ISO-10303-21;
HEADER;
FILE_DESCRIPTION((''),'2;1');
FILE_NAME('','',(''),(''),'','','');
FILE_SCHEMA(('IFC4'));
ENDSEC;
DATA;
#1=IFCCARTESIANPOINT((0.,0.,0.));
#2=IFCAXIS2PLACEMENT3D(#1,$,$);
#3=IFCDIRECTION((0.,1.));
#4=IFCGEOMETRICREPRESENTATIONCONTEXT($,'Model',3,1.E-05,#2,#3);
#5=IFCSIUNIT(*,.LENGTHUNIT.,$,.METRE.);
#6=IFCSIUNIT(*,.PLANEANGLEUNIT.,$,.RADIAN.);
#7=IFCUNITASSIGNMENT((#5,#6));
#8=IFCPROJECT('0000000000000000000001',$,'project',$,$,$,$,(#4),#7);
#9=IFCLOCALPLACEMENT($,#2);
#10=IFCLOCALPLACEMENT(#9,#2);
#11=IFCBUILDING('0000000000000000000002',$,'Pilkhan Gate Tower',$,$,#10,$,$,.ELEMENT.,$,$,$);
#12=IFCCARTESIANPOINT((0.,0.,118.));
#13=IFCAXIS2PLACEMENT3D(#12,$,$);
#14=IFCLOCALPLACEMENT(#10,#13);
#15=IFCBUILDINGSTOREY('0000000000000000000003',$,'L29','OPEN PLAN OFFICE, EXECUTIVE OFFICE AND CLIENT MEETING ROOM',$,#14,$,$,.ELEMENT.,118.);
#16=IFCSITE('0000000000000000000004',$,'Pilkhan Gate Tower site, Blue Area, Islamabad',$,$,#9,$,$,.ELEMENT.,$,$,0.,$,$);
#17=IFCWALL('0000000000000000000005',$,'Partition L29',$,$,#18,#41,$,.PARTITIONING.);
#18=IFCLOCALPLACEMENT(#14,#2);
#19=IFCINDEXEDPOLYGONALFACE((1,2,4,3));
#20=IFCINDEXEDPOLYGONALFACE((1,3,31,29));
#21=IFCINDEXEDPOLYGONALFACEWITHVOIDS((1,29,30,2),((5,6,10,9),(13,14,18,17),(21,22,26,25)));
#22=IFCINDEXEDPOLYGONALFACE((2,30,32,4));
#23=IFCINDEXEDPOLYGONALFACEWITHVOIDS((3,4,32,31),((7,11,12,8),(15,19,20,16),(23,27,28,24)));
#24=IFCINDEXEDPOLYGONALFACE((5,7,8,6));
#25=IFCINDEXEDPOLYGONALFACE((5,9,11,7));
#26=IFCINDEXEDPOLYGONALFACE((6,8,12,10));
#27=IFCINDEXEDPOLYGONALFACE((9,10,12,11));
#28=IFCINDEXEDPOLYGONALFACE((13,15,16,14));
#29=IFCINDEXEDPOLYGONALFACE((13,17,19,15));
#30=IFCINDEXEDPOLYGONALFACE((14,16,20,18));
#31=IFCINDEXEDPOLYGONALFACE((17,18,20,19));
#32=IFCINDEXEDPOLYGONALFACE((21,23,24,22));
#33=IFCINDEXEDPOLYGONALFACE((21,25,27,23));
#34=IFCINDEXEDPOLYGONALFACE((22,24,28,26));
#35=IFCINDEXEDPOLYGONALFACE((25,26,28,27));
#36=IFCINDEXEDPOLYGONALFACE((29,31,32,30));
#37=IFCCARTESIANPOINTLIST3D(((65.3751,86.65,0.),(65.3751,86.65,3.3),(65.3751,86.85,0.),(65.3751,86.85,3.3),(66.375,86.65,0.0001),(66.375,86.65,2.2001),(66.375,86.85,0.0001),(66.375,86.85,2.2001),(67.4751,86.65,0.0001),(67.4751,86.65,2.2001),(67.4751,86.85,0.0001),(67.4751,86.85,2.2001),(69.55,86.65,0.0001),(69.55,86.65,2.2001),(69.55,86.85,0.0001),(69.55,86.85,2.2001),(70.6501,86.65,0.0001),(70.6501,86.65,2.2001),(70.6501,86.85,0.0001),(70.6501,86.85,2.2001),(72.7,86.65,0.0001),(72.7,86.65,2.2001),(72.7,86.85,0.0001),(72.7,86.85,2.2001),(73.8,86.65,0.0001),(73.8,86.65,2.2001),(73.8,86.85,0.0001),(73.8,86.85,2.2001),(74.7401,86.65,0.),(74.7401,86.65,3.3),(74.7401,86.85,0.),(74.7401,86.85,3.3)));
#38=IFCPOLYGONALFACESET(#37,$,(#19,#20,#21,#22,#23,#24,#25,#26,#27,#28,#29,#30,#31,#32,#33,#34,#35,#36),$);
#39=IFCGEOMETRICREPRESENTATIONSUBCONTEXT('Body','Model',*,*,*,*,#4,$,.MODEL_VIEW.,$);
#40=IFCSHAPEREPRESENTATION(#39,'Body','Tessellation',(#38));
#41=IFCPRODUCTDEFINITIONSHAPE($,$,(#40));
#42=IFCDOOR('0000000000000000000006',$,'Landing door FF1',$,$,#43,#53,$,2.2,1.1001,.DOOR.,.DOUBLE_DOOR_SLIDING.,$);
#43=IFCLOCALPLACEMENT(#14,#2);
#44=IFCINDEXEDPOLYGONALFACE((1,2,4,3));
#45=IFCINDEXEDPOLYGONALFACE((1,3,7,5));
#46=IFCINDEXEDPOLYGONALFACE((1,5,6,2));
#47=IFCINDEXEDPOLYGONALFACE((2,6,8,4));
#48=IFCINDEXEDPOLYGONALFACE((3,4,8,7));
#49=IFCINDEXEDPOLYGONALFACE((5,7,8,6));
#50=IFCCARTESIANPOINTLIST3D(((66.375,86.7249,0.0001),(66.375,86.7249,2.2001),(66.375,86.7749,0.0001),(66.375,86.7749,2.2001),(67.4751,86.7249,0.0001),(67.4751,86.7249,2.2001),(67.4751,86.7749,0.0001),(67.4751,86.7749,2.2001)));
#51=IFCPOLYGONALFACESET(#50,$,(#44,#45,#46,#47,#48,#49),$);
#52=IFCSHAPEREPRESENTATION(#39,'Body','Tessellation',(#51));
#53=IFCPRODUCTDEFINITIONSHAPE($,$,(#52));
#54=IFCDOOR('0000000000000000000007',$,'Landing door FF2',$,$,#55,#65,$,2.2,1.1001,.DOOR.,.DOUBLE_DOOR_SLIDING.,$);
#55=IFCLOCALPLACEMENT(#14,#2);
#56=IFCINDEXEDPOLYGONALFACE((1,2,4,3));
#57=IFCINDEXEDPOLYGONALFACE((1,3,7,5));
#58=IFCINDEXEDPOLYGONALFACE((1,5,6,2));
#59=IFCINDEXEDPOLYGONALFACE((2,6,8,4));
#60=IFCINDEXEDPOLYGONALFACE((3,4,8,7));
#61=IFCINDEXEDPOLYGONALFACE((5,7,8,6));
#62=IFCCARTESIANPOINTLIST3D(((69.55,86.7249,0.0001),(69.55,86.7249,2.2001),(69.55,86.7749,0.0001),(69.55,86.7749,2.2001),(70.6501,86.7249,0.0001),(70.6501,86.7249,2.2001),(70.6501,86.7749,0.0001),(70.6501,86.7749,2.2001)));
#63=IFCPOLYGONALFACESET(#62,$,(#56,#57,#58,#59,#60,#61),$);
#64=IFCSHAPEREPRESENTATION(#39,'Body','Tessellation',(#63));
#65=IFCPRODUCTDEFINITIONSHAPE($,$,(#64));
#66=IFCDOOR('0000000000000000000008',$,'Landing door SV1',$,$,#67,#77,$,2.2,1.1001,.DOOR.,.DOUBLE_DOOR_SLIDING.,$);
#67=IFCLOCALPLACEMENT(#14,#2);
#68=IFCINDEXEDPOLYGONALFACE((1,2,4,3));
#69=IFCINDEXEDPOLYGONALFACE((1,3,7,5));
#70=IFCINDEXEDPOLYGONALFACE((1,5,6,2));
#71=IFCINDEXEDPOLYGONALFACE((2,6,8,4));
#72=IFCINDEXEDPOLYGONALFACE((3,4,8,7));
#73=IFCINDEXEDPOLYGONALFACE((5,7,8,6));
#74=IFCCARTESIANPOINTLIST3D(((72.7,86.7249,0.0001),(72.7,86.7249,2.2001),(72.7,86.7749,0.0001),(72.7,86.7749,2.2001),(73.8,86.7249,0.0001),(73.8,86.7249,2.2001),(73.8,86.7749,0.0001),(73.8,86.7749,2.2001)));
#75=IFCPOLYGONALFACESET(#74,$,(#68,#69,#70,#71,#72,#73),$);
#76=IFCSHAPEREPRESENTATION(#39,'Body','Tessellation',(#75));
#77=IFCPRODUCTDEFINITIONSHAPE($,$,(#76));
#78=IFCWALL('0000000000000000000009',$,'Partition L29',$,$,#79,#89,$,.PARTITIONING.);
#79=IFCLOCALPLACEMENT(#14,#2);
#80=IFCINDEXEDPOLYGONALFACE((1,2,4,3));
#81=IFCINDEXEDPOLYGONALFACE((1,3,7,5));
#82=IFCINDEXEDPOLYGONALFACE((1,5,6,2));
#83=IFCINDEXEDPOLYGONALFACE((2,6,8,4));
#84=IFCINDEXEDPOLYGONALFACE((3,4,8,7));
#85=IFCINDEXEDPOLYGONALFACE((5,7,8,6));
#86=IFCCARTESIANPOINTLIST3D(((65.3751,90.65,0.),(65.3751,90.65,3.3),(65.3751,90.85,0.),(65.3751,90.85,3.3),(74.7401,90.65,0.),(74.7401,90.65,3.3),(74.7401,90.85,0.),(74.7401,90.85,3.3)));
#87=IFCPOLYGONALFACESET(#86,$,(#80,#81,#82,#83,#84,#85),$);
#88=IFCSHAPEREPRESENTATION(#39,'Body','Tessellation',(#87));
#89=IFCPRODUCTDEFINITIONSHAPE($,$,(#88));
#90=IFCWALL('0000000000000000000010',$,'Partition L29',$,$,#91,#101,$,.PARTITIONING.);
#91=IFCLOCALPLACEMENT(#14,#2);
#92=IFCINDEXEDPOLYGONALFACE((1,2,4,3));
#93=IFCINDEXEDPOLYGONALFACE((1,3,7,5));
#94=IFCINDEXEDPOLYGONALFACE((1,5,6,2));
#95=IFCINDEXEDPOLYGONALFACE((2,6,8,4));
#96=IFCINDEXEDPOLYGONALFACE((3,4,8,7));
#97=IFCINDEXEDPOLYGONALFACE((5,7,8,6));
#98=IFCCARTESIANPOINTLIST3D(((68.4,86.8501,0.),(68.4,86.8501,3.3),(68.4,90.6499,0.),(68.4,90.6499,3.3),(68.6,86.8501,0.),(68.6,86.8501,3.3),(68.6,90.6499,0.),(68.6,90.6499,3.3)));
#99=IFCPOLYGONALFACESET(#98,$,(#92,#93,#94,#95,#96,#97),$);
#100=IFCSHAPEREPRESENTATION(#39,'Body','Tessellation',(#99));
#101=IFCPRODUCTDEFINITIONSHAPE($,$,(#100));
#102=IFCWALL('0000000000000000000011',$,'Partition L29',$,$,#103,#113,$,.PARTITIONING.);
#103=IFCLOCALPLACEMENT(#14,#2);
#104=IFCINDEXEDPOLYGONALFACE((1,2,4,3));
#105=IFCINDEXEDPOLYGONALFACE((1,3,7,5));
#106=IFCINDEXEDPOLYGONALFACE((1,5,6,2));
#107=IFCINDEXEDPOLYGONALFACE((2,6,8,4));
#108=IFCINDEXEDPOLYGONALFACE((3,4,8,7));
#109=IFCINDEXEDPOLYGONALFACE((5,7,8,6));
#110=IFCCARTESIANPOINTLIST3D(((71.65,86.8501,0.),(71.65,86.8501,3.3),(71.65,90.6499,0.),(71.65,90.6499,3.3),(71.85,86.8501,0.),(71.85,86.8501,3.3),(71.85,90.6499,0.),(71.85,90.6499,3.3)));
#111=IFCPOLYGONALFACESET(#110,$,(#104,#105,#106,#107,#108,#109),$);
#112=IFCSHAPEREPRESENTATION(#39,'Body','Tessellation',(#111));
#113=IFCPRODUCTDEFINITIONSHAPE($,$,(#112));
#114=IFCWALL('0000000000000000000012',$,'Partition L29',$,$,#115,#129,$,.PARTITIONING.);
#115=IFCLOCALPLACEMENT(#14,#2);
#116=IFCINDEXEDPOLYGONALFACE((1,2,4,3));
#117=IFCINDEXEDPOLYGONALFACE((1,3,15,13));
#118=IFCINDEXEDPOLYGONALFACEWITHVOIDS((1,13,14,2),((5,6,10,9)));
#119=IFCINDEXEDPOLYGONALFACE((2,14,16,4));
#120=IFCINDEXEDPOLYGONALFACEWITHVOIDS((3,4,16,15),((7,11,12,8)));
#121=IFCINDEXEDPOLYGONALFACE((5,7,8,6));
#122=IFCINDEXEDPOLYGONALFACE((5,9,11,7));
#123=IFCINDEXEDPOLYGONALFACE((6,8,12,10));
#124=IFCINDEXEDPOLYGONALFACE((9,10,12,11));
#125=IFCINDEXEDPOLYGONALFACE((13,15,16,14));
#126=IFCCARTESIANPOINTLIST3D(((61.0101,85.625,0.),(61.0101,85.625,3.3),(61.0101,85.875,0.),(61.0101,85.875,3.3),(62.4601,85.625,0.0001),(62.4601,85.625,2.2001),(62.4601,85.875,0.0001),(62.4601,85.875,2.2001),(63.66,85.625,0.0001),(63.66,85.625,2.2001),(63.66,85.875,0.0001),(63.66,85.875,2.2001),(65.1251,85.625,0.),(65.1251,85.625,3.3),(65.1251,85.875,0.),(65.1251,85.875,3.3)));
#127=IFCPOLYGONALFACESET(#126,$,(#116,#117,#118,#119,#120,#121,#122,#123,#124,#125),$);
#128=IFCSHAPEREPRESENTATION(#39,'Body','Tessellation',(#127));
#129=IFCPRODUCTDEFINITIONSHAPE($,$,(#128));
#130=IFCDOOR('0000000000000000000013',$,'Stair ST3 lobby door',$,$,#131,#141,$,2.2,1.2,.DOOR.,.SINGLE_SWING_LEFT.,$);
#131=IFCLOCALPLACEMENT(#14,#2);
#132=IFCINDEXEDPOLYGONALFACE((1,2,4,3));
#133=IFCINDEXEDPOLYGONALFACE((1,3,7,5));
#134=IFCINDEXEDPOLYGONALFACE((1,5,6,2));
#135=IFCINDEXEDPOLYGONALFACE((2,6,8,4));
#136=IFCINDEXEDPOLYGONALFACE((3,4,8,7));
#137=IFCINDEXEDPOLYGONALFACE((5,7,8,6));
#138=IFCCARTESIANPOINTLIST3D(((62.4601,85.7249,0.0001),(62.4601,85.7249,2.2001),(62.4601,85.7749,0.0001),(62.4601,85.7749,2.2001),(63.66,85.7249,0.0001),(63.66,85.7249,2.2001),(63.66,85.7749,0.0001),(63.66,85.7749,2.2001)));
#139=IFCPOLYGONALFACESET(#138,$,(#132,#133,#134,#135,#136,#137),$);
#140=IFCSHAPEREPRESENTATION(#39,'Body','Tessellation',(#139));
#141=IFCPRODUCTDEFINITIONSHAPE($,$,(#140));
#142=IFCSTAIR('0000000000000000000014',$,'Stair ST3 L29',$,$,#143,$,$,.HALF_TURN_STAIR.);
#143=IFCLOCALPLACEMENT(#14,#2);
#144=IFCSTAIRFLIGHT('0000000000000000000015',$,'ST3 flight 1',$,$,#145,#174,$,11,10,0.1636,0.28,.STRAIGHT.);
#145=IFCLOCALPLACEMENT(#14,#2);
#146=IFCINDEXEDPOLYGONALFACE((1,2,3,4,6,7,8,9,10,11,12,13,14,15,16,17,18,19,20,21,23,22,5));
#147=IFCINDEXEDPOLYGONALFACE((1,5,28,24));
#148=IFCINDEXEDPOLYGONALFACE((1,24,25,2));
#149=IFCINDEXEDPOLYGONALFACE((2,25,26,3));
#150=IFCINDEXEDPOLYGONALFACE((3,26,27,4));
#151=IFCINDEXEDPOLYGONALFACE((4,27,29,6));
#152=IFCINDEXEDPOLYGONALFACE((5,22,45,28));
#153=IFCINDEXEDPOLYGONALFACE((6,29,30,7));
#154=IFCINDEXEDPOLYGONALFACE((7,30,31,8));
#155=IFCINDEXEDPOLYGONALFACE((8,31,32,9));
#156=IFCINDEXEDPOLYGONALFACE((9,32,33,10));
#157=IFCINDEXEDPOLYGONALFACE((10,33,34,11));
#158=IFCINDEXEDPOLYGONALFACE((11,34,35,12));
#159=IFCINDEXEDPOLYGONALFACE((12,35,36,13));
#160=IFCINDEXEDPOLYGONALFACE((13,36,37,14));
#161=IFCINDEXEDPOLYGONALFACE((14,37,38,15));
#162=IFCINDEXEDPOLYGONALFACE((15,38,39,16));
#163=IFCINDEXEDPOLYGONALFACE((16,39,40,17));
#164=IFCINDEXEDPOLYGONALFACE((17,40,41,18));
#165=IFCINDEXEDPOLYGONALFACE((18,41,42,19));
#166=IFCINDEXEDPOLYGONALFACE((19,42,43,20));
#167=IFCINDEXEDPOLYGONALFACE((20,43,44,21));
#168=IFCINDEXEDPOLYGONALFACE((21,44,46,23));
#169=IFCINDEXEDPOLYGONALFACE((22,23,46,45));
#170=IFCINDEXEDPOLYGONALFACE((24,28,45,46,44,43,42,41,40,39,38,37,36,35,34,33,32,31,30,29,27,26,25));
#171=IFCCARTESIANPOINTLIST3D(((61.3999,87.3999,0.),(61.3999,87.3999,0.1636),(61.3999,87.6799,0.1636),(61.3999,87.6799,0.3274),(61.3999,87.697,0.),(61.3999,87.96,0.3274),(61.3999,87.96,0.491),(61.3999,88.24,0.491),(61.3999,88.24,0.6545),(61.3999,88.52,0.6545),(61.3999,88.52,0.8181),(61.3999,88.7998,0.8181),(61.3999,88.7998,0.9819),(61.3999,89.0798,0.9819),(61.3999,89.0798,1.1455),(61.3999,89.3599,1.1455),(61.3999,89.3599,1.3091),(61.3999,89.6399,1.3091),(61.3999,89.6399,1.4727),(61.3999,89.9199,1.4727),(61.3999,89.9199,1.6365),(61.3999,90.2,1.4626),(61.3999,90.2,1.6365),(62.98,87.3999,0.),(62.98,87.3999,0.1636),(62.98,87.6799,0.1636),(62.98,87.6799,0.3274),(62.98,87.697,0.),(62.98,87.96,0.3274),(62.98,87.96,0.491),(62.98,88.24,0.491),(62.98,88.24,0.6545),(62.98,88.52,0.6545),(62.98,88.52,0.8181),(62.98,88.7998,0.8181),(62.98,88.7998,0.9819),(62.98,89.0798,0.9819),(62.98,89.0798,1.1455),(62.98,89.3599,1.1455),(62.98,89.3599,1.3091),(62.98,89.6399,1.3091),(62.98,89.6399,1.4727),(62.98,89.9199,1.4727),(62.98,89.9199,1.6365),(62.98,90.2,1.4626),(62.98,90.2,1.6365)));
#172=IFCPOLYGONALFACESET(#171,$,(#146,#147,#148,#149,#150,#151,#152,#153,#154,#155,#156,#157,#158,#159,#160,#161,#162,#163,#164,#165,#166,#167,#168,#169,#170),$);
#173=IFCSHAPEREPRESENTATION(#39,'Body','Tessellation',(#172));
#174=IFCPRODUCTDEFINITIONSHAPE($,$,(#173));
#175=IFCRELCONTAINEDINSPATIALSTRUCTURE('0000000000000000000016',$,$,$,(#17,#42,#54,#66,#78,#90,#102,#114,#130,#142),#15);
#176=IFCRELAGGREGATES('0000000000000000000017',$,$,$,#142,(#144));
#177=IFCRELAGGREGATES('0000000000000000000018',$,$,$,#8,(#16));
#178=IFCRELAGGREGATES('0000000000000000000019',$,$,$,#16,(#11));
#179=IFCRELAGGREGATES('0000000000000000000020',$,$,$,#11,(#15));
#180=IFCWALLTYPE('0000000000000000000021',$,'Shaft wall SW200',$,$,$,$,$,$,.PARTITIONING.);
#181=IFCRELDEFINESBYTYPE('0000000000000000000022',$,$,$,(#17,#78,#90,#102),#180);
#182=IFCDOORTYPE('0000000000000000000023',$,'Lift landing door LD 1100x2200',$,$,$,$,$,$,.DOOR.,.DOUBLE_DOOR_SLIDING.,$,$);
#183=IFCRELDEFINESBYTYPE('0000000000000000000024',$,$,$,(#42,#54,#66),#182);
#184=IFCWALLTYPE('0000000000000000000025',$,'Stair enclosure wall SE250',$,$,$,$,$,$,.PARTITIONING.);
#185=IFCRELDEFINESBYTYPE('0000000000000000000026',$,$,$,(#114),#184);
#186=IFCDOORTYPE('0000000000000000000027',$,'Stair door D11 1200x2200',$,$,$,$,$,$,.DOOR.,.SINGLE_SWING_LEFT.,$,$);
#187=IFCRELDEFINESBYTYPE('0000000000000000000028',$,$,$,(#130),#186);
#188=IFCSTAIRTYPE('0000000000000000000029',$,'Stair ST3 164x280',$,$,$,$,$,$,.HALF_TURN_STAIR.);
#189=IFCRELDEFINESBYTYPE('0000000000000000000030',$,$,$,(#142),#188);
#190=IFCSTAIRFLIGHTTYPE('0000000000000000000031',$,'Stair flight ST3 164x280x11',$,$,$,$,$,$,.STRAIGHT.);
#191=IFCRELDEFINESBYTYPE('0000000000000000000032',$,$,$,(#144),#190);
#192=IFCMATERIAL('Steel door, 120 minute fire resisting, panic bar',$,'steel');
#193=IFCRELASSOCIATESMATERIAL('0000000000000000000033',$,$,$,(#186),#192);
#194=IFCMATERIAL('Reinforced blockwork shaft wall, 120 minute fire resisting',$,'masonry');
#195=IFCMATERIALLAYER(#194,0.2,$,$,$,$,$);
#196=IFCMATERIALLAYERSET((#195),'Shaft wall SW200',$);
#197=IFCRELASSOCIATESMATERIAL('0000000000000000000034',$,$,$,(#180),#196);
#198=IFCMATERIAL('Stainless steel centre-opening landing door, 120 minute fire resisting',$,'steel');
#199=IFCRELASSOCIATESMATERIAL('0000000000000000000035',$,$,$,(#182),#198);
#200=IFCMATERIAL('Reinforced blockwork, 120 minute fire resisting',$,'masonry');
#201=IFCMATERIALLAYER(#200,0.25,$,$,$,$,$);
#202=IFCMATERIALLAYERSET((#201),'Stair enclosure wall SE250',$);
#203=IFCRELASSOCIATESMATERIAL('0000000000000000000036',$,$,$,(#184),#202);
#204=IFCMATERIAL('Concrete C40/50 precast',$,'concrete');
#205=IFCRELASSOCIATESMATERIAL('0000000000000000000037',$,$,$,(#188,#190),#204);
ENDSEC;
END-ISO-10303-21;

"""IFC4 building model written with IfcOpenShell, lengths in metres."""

from ifc_helpers import new_model, si_unit, direction, frame, frame_2d, origin, place, context, subcontext, project, spatial, polyline, rectangle, outline, extrude, material, layer, layer_set, type_object, element, fill, aggregate, save


model = new_model("IFC4")

# Units and contexts
model_context = context("Model", 3, precision=1e-05, world=origin(), true_north=direction((0.0, 1.0)))
body_context = subcontext(model_context, "Body", "Model", "MODEL_VIEW")
ifc_project = project(units=[si_unit("LENGTHUNIT", "METRE"), si_unit("PLANEANGLEUNIT", "RADIAN")], contexts=[model_context])

# Site, building, storey
site_placement = place(None, origin())
site = spatial("IfcSite", under=ifc_project, at=site_placement, Name="Pilkhan Gate Tower site, Blue Area, Islamabad", CompositionType="ELEMENT", RefElevation=0.0)
building_placement = place(site_placement, origin())
building = spatial("IfcBuilding", under=site, at=building_placement, Name="Pilkhan Gate Tower", CompositionType="ELEMENT")
storey_placement = place(building_placement, frame((0.0, 0.0, 118.0)))
storey = spatial("IfcBuildingStorey", under=building, at=storey_placement, Name="L29", Description="OPEN PLAN OFFICE, EXECUTIVE OFFICE AND CLIENT MEETING ROOM", CompositionType="ELEMENT", Elevation=118.0)

# Wall, openings, doors
ifc_material_1 = material(Name="Steel door, 120 minute fire resisting, panic bar", Category="steel")
door_type_1 = type_object("IfcDoorType", Name="Stair door D11 1200x2200", OperationType="SINGLE_SWING_LEFT", PredefinedType="DOOR", material=ifc_material_1)
ifc_material_2 = material(Name="Reinforced blockwork shaft wall, 120 minute fire resisting", Category="masonry")
ifc_layer_1 = layer(ifc_material_2, 0.2)
ifc_layer_set_1 = layer_set([ifc_layer_1], Name="Shaft wall SW200")
wall_type_1 = type_object("IfcWallType", Name="Shaft wall SW200", PredefinedType="PARTITIONING", material=ifc_layer_set_1)
wall_1_placement = place(storey_placement, frame((65.375, 86.75, 0.0), z_axis=(0.0, 0.0, 1.0), x_axis=(1.0, 0.0, 0.0)))
wall_1 = element("IfcWall", 1, at=wall_1_placement, inside=storey, type_object=wall_type_1, Name="Partition L29", PredefinedType="PARTITIONING", context=body_context, shape_type="SweptSolid", body=[
    extrude(rectangle(XDim=9.365, YDim=0.2, at=frame_2d((4.6826, 0.0))), origin(), (0.0, 0.0, 1.0), 3.3),
])
opening_1_placement = place(wall_1_placement, frame((1.0, 0.0, 0.0)))
opening_1 = element("IfcOpeningElement", 2, at=opening_1_placement, cuts=wall_1, PredefinedType="OPENING", context=body_context, shape_type="SweptSolid", body=[
    extrude(rectangle(XDim=1.1001, YDim=2.2, at=frame_2d((0.55, 1.1001))), frame((0.0, 0.1099, 0.0), z_axis=(0.0, -1.0, 0.0), x_axis=(1.0, 0.0, 0.0)), (0.0, 0.0, 1.0), 0.22),
])
opening_2_placement = place(wall_1_placement, frame((4.175, 0.0, 0.0)))
opening_2 = element("IfcOpeningElement", 3, at=opening_2_placement, cuts=wall_1, PredefinedType="OPENING", context=body_context, shape_type="SweptSolid", body=[
    extrude(rectangle(XDim=1.1001, YDim=2.2, at=frame_2d((0.55, 1.1001))), frame((0.0, 0.1099, 0.0), z_axis=(0.0, -1.0, 0.0), x_axis=(1.0, 0.0, 0.0)), (0.0, 0.0, 1.0), 0.22),
])
opening_3_placement = place(wall_1_placement, frame((7.325, 0.0, 0.0)))
opening_3 = element("IfcOpeningElement", 4, at=opening_3_placement, cuts=wall_1, PredefinedType="OPENING", context=body_context, shape_type="SweptSolid", body=[
    extrude(rectangle(XDim=1.1001, YDim=2.2, at=frame_2d((0.55, 1.1001))), frame((0.0, 0.1099, 0.0), z_axis=(0.0, -1.0, 0.0), x_axis=(1.0, 0.0, 0.0)), (0.0, 0.0, 1.0), 0.22),
])
ifc_material_3 = material(Name="Stainless steel centre-opening landing door, 120 minute fire resisting", Category="steel")
door_type_2 = type_object("IfcDoorType", Name="Lift landing door LD 1100x2200", OperationType="DOUBLE_DOOR_SLIDING", PredefinedType="DOOR", material=ifc_material_3)
door_1_placement = place(opening_1_placement, origin())
door_1 = element("IfcDoor", 5, at=door_1_placement, inside=storey, type_object=door_type_2, Name="Landing door FF1", OperationType="DOUBLE_DOOR_SLIDING", OverallHeight=2.2, OverallWidth=1.1001, PredefinedType="DOOR", context=body_context, shape_type="SweptSolid", body=[
    extrude(rectangle(XDim=1.1001, YDim=2.2, at=frame_2d((0.55, 1.1001))), frame((0.0, 0.0249, 0.0), z_axis=(0.0, -1.0, 0.0), x_axis=(1.0, 0.0, 0.0)), (0.0, 0.0, 1.0), 0.05),
])
fill(opening_1, door_1)
door_2_placement = place(opening_2_placement, origin())
door_2 = element("IfcDoor", 6, at=door_2_placement, inside=storey, type_object=door_type_2, Name="Landing door FF2", OperationType="DOUBLE_DOOR_SLIDING", OverallHeight=2.2, OverallWidth=1.1001, PredefinedType="DOOR", context=body_context, shape_type="SweptSolid", body=[
    extrude(rectangle(XDim=1.1001, YDim=2.2, at=frame_2d((0.55, 1.1001))), frame((0.0, 0.0249, 0.0), z_axis=(0.0, -1.0, 0.0), x_axis=(1.0, 0.0, 0.0)), (0.0, 0.0, 1.0), 0.05),
])
fill(opening_2, door_2)
door_3_placement = place(opening_3_placement, origin())
door_3 = element("IfcDoor", 7, at=door_3_placement, inside=storey, type_object=door_type_2, Name="Landing door SV1", OperationType="DOUBLE_DOOR_SLIDING", OverallHeight=2.2, OverallWidth=1.1001, PredefinedType="DOOR", context=body_context, shape_type="SweptSolid", body=[
    extrude(rectangle(XDim=1.1001, YDim=2.2, at=frame_2d((0.55, 1.1001))), frame((0.0, 0.0249, 0.0), z_axis=(0.0, -1.0, 0.0), x_axis=(1.0, 0.0, 0.0)), (0.0, 0.0, 1.0), 0.05),
])
fill(opening_3, door_3)

# Walls
wall_2_placement = place(storey_placement, frame((65.375, 90.75, 0.0), z_axis=(0.0, 0.0, 1.0), x_axis=(1.0, 0.0, 0.0)))
element("IfcWall", 8, at=wall_2_placement, inside=storey, type_object=wall_type_1, Name="Partition L29", PredefinedType="PARTITIONING", context=body_context, shape_type="SweptSolid", body=[
    extrude(rectangle(XDim=9.365, YDim=0.2, at=frame_2d((4.6826, 0.0))), origin(), (0.0, 0.0, 1.0), 3.3),
])
for number, where, z_axis, x_axis, name in (
    (9, (68.5, 86.8501, 0.0), (0.0, 0.0, 1.0), (0.0, 1.0, 0.0), "Partition L29"),
    (10, (71.75, 86.8501, 0.0), (0.0, 0.0, 1.0), (0.0, 1.0, 0.0), "Partition L29"),
):
    element("IfcWall", number, at=place(storey_placement, frame(where, z_axis=z_axis, x_axis=x_axis)), inside=storey, type_object=wall_type_1, Name=name, PredefinedType="PARTITIONING", context=body_context, shape_type="SweptSolid", body=[
        extrude(rectangle(XDim=3.7998, YDim=0.2, at=frame_2d((1.8999, 0.0))), origin(), (0.0, 0.0, 1.0), 3.3),
    ])

# Wall, opening, door
ifc_material_4 = material(Name="Reinforced blockwork, 120 minute fire resisting", Category="masonry")
ifc_layer_2 = layer(ifc_material_4, 0.25)
ifc_layer_set_2 = layer_set([ifc_layer_2], Name="Stair enclosure wall SE250")
wall_type_2 = type_object("IfcWallType", Name="Stair enclosure wall SE250", PredefinedType="PARTITIONING", material=ifc_layer_set_2)
wall_3_placement = place(storey_placement, frame((61.01, 85.75, 0.0), z_axis=(0.0, 0.0, 1.0), x_axis=(1.0, 0.0, 0.0)))
wall_3 = element("IfcWall", 11, at=wall_3_placement, inside=storey, type_object=wall_type_2, Name="Partition L29", PredefinedType="PARTITIONING", context=body_context, shape_type="SweptSolid", body=[
    extrude(rectangle(XDim=4.115, YDim=0.25, at=frame_2d((2.0576, 0.0))), origin(), (0.0, 0.0, 1.0), 3.3),
])
opening_4_placement = place(wall_3_placement, frame((1.45, 0.0, 0.0)))
opening_4 = element("IfcOpeningElement", 12, at=opening_4_placement, cuts=wall_3, PredefinedType="OPENING", context=body_context, shape_type="SweptSolid", body=[
    extrude(rectangle(XDim=1.2, YDim=2.2, at=frame_2d((0.6001, 1.1001))), frame((0.0, 0.135, 0.0), z_axis=(0.0, -1.0, 0.0), x_axis=(1.0, 0.0, 0.0)), (0.0, 0.0, 1.0), 0.27),
])
door_4_placement = place(opening_4_placement, origin())
door_4 = element("IfcDoor", 13, at=door_4_placement, inside=storey, type_object=door_type_1, Name="Stair ST3 lobby door", OperationType="SINGLE_SWING_LEFT", OverallHeight=2.2, OverallWidth=1.2, PredefinedType="DOOR", context=body_context, shape_type="SweptSolid", body=[
    extrude(rectangle(XDim=1.2, YDim=2.2, at=frame_2d((0.6001, 1.1001))), frame((0.0, 0.0249, 0.0), z_axis=(0.0, -1.0, 0.0), x_axis=(1.0, 0.0, 0.0)), (0.0, 0.0, 1.0), 0.05),
])
fill(opening_4, door_4)

# Stair, stair flight
ifc_material_5 = material(Name="Concrete C40/50 precast", Category="concrete")
stair_type = type_object("IfcStairType", Name="Stair ST3 164x280", PredefinedType="HALF_TURN_STAIR", material=ifc_material_5)
stair_placement = place(storey_placement, origin())
stair = element("IfcStair", 14, at=stair_placement, inside=storey, type_object=stair_type, Name="Stair ST3 L29", PredefinedType="HALF_TURN_STAIR")
stair_flight_type = type_object("IfcStairFlightType", Name="Stair flight ST3 164x280x11", PredefinedType="STRAIGHT", material=ifc_material_5)
stair_flight_1_placement = place(storey_placement, frame((62.1899, 87.3999, 0.0), z_axis=(0.0, 0.0, 1.0), x_axis=(0.0, 1.0, 0.0)))
stair_flight_1 = element("IfcStairFlight", 15, at=stair_flight_1_placement, type_object=stair_flight_type, Name="ST3 flight 1", NumberOfRisers=11, NumberOfTreads=10, PredefinedType="STRAIGHT", RiserHeight=0.1636, TreadLength=0.28, context=body_context, shape_type="SweptSolid", body=[
    extrude(outline(polyline([(0.0, 0.0), (0.0, 0.1636), (0.28, 0.1636), (0.28, 0.3274), (0.5601, 0.3274), (0.5601, 0.491), (0.8401, 0.491), (0.8401, 0.6545), (1.1201, 0.6545), (1.1201, 0.8181), (1.3999, 0.8181), (1.3999, 0.9819), (1.6799, 0.9819), (1.6799, 1.1455), (1.96, 1.1455), (1.96, 1.3091), (2.24, 1.3091), (2.24, 1.4727), (2.52, 1.4727), (2.52, 1.6365), (2.8, 1.6365), (2.8, 1.8), (2.8, 1.4626), (0.2971, 0.0), (0.0, 0.0)])), frame((0.0, 0.79, 0.0), z_axis=(0.0, -1.0, 0.0), x_axis=(1.0, 0.0, 0.0)), (0.0, 0.0, 1.0), 1.5801),
])
aggregate(stair, [stair_flight_1])

save(model, "model.ifc")
